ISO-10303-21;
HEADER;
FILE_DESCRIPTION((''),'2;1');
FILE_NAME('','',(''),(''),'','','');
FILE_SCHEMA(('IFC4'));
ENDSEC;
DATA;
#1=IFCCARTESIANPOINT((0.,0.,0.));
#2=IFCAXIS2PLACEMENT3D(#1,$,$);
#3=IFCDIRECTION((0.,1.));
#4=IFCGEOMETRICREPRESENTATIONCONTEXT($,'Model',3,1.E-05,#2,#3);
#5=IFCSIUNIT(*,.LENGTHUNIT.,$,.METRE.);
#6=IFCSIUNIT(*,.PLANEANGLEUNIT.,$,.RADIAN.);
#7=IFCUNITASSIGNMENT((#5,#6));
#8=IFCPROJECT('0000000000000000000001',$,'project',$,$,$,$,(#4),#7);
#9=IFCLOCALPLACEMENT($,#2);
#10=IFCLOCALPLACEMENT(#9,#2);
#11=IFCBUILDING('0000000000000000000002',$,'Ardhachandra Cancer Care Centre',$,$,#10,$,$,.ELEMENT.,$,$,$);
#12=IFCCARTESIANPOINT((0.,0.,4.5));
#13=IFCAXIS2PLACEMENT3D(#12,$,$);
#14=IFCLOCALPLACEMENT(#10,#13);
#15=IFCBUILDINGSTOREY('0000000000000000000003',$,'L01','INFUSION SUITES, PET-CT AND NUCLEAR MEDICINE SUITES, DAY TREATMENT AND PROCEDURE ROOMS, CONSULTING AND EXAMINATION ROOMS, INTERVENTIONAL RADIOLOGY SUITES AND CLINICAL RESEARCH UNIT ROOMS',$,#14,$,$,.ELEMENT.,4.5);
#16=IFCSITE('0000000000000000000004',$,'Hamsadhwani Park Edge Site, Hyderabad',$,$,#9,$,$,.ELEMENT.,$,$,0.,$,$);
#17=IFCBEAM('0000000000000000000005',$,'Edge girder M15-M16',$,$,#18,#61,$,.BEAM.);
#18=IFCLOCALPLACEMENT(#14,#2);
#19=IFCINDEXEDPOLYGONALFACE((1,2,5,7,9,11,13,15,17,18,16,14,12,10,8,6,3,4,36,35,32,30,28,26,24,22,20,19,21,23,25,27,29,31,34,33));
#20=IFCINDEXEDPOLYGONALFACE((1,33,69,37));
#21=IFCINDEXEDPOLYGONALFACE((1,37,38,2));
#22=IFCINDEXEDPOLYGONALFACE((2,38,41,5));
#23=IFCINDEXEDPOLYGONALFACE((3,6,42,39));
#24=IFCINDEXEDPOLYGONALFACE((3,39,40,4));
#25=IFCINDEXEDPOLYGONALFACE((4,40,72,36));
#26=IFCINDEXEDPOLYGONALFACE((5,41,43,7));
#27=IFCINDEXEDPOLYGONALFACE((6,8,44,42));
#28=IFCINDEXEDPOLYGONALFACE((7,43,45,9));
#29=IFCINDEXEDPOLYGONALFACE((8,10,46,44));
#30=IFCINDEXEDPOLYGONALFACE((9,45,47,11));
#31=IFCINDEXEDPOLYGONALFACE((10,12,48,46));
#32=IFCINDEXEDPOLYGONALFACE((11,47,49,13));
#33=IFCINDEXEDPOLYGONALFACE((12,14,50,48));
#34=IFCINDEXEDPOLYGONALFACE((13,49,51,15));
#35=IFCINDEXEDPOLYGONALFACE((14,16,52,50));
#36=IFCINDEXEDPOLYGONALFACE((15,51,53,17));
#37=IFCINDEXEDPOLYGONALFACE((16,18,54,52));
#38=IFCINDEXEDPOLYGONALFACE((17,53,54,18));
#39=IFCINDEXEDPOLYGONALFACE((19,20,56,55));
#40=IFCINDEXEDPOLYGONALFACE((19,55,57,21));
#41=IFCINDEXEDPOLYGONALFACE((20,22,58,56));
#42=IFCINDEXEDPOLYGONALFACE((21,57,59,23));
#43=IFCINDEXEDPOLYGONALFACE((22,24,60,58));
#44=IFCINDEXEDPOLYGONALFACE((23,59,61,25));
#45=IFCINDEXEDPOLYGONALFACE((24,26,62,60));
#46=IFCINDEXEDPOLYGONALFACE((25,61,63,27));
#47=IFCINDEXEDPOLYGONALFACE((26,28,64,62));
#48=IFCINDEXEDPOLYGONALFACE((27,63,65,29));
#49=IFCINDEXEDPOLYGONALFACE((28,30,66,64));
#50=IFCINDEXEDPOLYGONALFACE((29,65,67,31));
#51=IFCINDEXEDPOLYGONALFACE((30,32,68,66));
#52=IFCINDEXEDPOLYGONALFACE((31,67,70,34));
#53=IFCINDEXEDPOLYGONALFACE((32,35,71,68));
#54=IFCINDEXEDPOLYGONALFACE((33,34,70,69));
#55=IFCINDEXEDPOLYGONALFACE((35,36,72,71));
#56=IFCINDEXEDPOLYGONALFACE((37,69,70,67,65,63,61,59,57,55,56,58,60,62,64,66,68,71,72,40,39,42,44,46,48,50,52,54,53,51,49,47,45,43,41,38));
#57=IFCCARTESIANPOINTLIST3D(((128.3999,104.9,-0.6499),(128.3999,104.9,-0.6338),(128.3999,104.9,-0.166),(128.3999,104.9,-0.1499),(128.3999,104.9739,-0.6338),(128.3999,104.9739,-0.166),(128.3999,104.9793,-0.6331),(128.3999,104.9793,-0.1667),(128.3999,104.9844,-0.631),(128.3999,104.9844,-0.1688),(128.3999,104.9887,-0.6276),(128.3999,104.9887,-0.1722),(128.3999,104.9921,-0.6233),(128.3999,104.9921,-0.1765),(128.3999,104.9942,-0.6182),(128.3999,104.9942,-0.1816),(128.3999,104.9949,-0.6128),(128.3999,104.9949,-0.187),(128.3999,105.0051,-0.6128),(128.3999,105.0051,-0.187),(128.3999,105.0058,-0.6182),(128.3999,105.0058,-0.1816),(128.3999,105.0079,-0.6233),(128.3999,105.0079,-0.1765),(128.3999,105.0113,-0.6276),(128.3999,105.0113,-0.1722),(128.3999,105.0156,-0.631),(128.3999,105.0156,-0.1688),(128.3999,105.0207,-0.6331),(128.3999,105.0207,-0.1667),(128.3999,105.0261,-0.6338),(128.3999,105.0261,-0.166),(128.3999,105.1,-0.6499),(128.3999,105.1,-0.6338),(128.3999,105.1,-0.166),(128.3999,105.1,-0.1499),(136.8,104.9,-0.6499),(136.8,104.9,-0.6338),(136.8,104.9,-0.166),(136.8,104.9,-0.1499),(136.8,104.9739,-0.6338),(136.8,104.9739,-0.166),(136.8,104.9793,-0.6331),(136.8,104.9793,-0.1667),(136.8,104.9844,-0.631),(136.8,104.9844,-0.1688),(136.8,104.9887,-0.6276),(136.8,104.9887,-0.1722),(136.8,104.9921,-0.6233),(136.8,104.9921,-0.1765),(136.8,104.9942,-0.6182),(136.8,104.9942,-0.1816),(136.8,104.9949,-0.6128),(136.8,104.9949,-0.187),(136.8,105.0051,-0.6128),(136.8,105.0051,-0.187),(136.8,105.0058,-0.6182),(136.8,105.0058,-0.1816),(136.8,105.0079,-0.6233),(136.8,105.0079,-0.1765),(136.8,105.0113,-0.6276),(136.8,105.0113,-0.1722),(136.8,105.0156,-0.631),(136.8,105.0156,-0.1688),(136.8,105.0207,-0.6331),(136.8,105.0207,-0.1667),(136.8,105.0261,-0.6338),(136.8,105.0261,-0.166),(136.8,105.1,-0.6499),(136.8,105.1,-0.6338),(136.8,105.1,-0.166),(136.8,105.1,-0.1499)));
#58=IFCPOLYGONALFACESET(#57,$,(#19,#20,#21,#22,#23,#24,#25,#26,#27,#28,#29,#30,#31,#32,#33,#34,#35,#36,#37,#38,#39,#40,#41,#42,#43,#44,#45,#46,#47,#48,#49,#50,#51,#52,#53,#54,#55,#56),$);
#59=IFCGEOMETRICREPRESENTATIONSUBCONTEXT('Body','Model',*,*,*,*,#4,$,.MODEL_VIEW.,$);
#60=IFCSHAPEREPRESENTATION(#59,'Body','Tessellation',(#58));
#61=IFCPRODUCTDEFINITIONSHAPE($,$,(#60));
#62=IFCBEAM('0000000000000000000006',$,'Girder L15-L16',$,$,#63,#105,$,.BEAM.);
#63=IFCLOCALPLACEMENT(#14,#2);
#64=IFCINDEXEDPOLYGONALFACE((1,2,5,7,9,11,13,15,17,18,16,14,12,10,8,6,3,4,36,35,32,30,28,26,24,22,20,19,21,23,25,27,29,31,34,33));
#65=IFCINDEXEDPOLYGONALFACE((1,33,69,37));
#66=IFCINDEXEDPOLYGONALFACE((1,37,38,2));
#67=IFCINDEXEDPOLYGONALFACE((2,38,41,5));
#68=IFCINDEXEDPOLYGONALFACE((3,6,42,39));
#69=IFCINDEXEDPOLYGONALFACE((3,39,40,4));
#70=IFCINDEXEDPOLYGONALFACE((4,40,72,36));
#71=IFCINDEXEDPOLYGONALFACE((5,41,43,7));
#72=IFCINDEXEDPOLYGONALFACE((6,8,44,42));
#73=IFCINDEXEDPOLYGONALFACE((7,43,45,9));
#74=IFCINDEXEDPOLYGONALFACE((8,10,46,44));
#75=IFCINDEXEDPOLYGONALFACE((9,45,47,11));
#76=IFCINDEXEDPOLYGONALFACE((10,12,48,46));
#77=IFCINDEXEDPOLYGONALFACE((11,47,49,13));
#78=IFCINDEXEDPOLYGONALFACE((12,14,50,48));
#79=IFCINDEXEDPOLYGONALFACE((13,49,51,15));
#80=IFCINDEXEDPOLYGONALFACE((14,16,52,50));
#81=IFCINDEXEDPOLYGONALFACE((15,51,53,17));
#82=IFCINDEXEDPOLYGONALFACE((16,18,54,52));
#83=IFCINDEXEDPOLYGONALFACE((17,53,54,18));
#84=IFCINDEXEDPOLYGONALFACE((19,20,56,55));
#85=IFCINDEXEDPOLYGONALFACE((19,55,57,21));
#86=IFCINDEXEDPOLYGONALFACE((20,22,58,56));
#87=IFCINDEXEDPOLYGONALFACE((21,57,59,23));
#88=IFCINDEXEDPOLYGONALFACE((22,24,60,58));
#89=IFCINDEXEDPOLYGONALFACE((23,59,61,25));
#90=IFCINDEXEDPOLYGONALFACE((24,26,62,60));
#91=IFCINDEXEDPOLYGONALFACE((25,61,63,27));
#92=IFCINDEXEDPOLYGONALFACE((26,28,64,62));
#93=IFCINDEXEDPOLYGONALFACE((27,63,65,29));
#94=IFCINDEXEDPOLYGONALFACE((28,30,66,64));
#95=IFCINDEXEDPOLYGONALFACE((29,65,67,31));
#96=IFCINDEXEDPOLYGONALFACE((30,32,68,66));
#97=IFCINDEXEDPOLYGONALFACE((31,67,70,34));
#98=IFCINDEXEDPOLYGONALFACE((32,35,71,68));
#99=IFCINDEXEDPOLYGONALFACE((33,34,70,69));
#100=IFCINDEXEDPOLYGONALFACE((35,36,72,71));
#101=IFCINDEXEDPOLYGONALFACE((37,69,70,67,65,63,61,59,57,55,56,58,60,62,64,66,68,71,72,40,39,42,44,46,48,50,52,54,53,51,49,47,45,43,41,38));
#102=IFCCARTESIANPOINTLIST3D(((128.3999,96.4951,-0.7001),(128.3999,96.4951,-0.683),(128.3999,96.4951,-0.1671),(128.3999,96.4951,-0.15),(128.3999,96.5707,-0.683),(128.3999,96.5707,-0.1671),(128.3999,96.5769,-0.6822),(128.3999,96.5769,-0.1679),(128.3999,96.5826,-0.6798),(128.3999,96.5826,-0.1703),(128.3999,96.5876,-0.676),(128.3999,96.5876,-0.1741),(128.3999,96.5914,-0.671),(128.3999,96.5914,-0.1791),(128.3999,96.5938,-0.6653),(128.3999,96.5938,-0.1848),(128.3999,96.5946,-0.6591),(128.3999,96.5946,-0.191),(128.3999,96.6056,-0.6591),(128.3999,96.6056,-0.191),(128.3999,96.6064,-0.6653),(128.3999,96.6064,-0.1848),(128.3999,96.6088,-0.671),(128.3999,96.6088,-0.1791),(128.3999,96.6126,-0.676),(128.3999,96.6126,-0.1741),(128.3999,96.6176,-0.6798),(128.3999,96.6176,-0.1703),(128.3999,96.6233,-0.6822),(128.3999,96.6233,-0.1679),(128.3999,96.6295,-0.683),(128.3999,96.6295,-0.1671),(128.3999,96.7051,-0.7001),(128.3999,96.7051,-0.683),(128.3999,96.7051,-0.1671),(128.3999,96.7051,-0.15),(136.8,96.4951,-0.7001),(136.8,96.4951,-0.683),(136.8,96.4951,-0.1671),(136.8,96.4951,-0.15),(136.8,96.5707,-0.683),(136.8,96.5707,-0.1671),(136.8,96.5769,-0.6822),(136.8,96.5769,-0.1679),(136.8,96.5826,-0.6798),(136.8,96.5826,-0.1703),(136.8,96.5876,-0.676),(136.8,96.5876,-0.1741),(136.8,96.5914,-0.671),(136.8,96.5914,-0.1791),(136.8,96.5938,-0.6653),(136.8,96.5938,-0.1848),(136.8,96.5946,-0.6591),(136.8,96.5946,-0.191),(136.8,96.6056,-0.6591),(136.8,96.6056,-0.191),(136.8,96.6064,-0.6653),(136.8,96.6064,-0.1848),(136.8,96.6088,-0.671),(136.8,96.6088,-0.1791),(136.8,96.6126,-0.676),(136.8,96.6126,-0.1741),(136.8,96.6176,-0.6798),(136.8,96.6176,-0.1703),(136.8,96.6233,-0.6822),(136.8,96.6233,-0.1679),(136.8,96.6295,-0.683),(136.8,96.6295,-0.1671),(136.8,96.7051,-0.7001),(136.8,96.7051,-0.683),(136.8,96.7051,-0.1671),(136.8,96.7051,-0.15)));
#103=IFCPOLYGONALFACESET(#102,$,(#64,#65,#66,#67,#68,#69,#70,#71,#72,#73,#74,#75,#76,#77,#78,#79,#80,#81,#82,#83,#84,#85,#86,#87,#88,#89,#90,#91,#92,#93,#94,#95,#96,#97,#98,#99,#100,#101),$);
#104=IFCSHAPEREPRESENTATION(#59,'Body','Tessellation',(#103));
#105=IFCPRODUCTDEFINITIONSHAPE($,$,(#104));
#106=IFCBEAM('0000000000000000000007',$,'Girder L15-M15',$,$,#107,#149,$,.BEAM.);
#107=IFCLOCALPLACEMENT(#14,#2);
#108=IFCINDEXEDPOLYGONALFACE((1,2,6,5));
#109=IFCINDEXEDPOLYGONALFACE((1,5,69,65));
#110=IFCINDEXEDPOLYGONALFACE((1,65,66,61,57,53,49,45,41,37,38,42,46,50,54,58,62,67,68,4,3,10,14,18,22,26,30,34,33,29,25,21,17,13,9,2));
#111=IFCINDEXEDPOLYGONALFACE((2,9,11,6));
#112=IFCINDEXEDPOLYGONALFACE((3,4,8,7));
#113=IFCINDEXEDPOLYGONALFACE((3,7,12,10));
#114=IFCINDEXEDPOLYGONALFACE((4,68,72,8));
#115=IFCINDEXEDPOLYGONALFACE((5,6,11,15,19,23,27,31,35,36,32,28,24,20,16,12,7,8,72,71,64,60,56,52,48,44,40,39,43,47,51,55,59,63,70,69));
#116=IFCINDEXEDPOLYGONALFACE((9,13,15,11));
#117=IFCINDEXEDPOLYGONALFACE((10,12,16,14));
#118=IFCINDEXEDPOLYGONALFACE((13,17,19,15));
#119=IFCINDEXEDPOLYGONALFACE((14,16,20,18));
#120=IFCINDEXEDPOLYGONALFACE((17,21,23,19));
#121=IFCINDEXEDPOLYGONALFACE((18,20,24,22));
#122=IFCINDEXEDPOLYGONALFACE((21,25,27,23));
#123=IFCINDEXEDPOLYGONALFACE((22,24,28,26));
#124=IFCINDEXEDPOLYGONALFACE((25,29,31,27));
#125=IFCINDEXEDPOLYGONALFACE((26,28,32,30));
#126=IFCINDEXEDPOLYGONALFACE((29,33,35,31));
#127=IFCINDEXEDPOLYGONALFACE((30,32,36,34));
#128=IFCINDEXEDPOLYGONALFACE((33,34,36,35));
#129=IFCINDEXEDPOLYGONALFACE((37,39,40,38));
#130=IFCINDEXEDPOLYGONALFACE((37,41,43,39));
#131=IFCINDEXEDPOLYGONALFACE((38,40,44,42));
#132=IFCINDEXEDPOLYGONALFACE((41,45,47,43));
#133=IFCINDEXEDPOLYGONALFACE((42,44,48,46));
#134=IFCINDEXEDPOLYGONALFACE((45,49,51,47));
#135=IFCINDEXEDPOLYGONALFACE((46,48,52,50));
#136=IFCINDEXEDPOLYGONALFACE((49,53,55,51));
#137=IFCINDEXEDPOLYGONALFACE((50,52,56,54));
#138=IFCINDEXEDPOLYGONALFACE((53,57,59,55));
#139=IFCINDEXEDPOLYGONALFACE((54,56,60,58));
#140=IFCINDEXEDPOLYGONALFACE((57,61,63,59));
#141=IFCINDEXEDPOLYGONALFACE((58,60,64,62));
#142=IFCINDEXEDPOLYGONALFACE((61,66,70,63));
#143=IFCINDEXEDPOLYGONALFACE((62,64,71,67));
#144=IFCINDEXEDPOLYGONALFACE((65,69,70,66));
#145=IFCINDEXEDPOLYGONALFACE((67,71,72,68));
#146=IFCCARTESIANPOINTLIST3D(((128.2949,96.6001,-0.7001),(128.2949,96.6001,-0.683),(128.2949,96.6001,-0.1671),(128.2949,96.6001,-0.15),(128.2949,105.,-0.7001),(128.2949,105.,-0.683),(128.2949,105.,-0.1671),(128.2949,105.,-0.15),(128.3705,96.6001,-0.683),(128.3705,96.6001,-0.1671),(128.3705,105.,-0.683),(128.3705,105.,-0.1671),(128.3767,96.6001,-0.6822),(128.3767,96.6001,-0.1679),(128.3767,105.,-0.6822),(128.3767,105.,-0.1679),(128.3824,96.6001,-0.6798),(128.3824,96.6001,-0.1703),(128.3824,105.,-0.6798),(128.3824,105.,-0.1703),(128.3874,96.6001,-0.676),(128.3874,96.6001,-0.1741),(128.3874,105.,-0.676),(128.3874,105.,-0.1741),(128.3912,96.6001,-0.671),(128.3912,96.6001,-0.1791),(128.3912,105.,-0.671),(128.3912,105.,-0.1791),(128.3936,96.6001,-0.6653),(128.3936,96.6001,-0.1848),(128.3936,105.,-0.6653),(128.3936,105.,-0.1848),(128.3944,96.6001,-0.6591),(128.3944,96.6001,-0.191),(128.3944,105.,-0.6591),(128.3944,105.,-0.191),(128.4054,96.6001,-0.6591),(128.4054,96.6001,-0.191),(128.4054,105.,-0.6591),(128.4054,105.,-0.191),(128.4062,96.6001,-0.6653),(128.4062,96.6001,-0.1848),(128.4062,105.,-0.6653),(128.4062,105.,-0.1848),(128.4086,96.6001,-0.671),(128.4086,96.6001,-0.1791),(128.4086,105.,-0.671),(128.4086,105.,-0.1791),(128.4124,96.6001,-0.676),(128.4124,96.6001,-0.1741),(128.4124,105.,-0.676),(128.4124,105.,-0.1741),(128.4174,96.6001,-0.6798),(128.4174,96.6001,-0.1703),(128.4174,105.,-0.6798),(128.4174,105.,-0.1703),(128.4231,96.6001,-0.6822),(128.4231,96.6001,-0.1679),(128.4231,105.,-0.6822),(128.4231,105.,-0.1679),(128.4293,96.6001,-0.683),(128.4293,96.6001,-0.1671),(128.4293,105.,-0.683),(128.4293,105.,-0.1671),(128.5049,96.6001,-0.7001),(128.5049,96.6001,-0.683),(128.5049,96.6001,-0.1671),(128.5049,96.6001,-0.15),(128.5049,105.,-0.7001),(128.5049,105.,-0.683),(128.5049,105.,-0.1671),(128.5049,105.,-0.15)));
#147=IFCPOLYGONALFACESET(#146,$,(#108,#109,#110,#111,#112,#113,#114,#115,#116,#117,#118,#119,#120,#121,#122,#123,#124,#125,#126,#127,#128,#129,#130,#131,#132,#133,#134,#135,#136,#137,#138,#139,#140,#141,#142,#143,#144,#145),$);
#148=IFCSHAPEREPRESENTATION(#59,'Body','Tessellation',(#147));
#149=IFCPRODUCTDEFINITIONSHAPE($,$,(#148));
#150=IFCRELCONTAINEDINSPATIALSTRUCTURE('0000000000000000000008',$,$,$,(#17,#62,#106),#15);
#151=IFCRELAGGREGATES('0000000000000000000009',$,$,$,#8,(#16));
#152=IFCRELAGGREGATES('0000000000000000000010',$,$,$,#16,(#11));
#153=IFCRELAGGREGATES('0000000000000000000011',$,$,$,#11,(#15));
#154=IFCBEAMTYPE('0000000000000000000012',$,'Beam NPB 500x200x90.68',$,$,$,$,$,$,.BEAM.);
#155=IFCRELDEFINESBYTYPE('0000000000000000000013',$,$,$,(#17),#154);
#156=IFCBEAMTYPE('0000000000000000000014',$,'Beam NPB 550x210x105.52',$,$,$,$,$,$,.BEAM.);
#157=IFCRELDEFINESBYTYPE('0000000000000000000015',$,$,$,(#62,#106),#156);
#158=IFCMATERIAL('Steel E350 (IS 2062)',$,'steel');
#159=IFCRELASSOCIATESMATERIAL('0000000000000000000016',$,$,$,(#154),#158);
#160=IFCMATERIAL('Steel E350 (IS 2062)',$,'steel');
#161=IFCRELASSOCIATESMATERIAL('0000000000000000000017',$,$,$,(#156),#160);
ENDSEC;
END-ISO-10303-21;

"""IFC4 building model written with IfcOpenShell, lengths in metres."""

from ifc_helpers import new_model, si_unit, direction, frame, origin, origin_2d, place, context, subcontext, project, spatial, i_section, extrude, material, material_profile, profile_set, type_object, element, save


model = new_model("IFC4")

# Units and contexts
model_context = context("Model", 3, precision=1e-05, world=origin(), true_north=direction((0.0, 1.0)))
body_context = subcontext(model_context, "Body", "Model", "MODEL_VIEW")
ifc_project = project(units=[si_unit("LENGTHUNIT", "METRE"), si_unit("PLANEANGLEUNIT", "RADIAN")], contexts=[model_context])

# Site, building, storey
site_placement = place(None, origin())
site = spatial("IfcSite", under=ifc_project, at=site_placement, Name="Hamsadhwani Park Edge Site, Hyderabad", CompositionType="ELEMENT", RefElevation=0.0)
building_placement = place(site_placement, origin())
building = spatial("IfcBuilding", under=site, at=building_placement, Name="Ardhachandra Cancer Care Centre", CompositionType="ELEMENT")
storey_placement = place(building_placement, frame((0.0, 0.0, 4.5)))
storey = spatial("IfcBuildingStorey", under=building, at=storey_placement, Name="L01", Description="INFUSION SUITES, PET-CT AND NUCLEAR MEDICINE SUITES, DAY TREATMENT AND PROCEDURE ROOMS, CONSULTING AND EXAMINATION ROOMS, INTERVENTIONAL RADIOLOGY SUITES AND CLINICAL RESEARCH UNIT ROOMS", CompositionType="ELEMENT", Elevation=4.5)

# Beams
ifc_material_1 = material(Name="Steel E350 (IS 2062)", Category="steel")
ifc_material_profile_1 = material_profile(ifc_material_1, i_section(OverallWidth=0.2, OverallDepth=0.5, WebThickness=0.0103, FlangeThickness=0.0161, FilletRadius=0.021, at=origin_2d()), Name="NPB 500x200x90.68")
ifc_profile_set_1 = profile_set([ifc_material_profile_1], Name="Steel E350 (IS 2062)")
beam_type_1 = type_object("IfcBeamType", Name="Beam NPB 500x200x90.68", PredefinedType="BEAM", material=ifc_profile_set_1)
beam_1_placement = place(storey_placement, frame((128.3999, 105.0, -0.3999), z_axis=(1.0, 0.0, 0.0), x_axis=(0.0, 1.0, 0.0)))
element("IfcBeam", 1, at=beam_1_placement, inside=storey, type_object=beam_type_1, Name="Edge girder M15-M16", PredefinedType="BEAM", context=body_context, shape_type="SweptSolid", body=[
    extrude(i_section(OverallWidth=0.2, OverallDepth=0.5, WebThickness=0.0103, FlangeThickness=0.0161, FilletRadius=0.021, at=origin_2d()), origin(), (0.0, 0.0, 1.0), 8.4001),
])
ifc_material_2 = material(Name="Steel E350 (IS 2062)", Category="steel")
ifc_material_profile_2 = material_profile(ifc_material_2, i_section(OverallWidth=0.21, OverallDepth=0.55, WebThickness=0.011, FlangeThickness=0.0171, FilletRadius=0.0239, at=origin_2d()), Name="NPB 550x210x105.52")
ifc_profile_set_2 = profile_set([ifc_material_profile_2], Name="Steel E350 (IS 2062)")
beam_type_2 = type_object("IfcBeamType", Name="Beam NPB 550x210x105.52", PredefinedType="BEAM", material=ifc_profile_set_2)
beam_2_placement = place(storey_placement, frame((128.3999, 96.6001, -0.425), z_axis=(1.0, 0.0, 0.0), x_axis=(0.0, 1.0, 0.0)))
element("IfcBeam", 2, at=beam_2_placement, inside=storey, type_object=beam_type_2, Name="Girder L15-L16", PredefinedType="BEAM", context=body_context, shape_type="SweptSolid", body=[
    extrude(i_section(OverallWidth=0.21, OverallDepth=0.55, WebThickness=0.011, FlangeThickness=0.0171, FilletRadius=0.0239, at=origin_2d()), origin(), (0.0, 0.0, 1.0), 8.4001),
])
beam_3_placement = place(storey_placement, frame((128.3999, 96.6001, -0.425), z_axis=(0.0, 1.0, 0.0), x_axis=(-1.0, 0.0, 0.0)))
element("IfcBeam", 3, at=beam_3_placement, inside=storey, type_object=beam_type_2, Name="Girder L15-M15", PredefinedType="BEAM", context=body_context, shape_type="SweptSolid", body=[
    extrude(i_section(OverallWidth=0.21, OverallDepth=0.55, WebThickness=0.011, FlangeThickness=0.0171, FilletRadius=0.0239, at=origin_2d()), origin(), (0.0, 0.0, 1.0), 8.3999),
])

save(model, "model.ifc")
